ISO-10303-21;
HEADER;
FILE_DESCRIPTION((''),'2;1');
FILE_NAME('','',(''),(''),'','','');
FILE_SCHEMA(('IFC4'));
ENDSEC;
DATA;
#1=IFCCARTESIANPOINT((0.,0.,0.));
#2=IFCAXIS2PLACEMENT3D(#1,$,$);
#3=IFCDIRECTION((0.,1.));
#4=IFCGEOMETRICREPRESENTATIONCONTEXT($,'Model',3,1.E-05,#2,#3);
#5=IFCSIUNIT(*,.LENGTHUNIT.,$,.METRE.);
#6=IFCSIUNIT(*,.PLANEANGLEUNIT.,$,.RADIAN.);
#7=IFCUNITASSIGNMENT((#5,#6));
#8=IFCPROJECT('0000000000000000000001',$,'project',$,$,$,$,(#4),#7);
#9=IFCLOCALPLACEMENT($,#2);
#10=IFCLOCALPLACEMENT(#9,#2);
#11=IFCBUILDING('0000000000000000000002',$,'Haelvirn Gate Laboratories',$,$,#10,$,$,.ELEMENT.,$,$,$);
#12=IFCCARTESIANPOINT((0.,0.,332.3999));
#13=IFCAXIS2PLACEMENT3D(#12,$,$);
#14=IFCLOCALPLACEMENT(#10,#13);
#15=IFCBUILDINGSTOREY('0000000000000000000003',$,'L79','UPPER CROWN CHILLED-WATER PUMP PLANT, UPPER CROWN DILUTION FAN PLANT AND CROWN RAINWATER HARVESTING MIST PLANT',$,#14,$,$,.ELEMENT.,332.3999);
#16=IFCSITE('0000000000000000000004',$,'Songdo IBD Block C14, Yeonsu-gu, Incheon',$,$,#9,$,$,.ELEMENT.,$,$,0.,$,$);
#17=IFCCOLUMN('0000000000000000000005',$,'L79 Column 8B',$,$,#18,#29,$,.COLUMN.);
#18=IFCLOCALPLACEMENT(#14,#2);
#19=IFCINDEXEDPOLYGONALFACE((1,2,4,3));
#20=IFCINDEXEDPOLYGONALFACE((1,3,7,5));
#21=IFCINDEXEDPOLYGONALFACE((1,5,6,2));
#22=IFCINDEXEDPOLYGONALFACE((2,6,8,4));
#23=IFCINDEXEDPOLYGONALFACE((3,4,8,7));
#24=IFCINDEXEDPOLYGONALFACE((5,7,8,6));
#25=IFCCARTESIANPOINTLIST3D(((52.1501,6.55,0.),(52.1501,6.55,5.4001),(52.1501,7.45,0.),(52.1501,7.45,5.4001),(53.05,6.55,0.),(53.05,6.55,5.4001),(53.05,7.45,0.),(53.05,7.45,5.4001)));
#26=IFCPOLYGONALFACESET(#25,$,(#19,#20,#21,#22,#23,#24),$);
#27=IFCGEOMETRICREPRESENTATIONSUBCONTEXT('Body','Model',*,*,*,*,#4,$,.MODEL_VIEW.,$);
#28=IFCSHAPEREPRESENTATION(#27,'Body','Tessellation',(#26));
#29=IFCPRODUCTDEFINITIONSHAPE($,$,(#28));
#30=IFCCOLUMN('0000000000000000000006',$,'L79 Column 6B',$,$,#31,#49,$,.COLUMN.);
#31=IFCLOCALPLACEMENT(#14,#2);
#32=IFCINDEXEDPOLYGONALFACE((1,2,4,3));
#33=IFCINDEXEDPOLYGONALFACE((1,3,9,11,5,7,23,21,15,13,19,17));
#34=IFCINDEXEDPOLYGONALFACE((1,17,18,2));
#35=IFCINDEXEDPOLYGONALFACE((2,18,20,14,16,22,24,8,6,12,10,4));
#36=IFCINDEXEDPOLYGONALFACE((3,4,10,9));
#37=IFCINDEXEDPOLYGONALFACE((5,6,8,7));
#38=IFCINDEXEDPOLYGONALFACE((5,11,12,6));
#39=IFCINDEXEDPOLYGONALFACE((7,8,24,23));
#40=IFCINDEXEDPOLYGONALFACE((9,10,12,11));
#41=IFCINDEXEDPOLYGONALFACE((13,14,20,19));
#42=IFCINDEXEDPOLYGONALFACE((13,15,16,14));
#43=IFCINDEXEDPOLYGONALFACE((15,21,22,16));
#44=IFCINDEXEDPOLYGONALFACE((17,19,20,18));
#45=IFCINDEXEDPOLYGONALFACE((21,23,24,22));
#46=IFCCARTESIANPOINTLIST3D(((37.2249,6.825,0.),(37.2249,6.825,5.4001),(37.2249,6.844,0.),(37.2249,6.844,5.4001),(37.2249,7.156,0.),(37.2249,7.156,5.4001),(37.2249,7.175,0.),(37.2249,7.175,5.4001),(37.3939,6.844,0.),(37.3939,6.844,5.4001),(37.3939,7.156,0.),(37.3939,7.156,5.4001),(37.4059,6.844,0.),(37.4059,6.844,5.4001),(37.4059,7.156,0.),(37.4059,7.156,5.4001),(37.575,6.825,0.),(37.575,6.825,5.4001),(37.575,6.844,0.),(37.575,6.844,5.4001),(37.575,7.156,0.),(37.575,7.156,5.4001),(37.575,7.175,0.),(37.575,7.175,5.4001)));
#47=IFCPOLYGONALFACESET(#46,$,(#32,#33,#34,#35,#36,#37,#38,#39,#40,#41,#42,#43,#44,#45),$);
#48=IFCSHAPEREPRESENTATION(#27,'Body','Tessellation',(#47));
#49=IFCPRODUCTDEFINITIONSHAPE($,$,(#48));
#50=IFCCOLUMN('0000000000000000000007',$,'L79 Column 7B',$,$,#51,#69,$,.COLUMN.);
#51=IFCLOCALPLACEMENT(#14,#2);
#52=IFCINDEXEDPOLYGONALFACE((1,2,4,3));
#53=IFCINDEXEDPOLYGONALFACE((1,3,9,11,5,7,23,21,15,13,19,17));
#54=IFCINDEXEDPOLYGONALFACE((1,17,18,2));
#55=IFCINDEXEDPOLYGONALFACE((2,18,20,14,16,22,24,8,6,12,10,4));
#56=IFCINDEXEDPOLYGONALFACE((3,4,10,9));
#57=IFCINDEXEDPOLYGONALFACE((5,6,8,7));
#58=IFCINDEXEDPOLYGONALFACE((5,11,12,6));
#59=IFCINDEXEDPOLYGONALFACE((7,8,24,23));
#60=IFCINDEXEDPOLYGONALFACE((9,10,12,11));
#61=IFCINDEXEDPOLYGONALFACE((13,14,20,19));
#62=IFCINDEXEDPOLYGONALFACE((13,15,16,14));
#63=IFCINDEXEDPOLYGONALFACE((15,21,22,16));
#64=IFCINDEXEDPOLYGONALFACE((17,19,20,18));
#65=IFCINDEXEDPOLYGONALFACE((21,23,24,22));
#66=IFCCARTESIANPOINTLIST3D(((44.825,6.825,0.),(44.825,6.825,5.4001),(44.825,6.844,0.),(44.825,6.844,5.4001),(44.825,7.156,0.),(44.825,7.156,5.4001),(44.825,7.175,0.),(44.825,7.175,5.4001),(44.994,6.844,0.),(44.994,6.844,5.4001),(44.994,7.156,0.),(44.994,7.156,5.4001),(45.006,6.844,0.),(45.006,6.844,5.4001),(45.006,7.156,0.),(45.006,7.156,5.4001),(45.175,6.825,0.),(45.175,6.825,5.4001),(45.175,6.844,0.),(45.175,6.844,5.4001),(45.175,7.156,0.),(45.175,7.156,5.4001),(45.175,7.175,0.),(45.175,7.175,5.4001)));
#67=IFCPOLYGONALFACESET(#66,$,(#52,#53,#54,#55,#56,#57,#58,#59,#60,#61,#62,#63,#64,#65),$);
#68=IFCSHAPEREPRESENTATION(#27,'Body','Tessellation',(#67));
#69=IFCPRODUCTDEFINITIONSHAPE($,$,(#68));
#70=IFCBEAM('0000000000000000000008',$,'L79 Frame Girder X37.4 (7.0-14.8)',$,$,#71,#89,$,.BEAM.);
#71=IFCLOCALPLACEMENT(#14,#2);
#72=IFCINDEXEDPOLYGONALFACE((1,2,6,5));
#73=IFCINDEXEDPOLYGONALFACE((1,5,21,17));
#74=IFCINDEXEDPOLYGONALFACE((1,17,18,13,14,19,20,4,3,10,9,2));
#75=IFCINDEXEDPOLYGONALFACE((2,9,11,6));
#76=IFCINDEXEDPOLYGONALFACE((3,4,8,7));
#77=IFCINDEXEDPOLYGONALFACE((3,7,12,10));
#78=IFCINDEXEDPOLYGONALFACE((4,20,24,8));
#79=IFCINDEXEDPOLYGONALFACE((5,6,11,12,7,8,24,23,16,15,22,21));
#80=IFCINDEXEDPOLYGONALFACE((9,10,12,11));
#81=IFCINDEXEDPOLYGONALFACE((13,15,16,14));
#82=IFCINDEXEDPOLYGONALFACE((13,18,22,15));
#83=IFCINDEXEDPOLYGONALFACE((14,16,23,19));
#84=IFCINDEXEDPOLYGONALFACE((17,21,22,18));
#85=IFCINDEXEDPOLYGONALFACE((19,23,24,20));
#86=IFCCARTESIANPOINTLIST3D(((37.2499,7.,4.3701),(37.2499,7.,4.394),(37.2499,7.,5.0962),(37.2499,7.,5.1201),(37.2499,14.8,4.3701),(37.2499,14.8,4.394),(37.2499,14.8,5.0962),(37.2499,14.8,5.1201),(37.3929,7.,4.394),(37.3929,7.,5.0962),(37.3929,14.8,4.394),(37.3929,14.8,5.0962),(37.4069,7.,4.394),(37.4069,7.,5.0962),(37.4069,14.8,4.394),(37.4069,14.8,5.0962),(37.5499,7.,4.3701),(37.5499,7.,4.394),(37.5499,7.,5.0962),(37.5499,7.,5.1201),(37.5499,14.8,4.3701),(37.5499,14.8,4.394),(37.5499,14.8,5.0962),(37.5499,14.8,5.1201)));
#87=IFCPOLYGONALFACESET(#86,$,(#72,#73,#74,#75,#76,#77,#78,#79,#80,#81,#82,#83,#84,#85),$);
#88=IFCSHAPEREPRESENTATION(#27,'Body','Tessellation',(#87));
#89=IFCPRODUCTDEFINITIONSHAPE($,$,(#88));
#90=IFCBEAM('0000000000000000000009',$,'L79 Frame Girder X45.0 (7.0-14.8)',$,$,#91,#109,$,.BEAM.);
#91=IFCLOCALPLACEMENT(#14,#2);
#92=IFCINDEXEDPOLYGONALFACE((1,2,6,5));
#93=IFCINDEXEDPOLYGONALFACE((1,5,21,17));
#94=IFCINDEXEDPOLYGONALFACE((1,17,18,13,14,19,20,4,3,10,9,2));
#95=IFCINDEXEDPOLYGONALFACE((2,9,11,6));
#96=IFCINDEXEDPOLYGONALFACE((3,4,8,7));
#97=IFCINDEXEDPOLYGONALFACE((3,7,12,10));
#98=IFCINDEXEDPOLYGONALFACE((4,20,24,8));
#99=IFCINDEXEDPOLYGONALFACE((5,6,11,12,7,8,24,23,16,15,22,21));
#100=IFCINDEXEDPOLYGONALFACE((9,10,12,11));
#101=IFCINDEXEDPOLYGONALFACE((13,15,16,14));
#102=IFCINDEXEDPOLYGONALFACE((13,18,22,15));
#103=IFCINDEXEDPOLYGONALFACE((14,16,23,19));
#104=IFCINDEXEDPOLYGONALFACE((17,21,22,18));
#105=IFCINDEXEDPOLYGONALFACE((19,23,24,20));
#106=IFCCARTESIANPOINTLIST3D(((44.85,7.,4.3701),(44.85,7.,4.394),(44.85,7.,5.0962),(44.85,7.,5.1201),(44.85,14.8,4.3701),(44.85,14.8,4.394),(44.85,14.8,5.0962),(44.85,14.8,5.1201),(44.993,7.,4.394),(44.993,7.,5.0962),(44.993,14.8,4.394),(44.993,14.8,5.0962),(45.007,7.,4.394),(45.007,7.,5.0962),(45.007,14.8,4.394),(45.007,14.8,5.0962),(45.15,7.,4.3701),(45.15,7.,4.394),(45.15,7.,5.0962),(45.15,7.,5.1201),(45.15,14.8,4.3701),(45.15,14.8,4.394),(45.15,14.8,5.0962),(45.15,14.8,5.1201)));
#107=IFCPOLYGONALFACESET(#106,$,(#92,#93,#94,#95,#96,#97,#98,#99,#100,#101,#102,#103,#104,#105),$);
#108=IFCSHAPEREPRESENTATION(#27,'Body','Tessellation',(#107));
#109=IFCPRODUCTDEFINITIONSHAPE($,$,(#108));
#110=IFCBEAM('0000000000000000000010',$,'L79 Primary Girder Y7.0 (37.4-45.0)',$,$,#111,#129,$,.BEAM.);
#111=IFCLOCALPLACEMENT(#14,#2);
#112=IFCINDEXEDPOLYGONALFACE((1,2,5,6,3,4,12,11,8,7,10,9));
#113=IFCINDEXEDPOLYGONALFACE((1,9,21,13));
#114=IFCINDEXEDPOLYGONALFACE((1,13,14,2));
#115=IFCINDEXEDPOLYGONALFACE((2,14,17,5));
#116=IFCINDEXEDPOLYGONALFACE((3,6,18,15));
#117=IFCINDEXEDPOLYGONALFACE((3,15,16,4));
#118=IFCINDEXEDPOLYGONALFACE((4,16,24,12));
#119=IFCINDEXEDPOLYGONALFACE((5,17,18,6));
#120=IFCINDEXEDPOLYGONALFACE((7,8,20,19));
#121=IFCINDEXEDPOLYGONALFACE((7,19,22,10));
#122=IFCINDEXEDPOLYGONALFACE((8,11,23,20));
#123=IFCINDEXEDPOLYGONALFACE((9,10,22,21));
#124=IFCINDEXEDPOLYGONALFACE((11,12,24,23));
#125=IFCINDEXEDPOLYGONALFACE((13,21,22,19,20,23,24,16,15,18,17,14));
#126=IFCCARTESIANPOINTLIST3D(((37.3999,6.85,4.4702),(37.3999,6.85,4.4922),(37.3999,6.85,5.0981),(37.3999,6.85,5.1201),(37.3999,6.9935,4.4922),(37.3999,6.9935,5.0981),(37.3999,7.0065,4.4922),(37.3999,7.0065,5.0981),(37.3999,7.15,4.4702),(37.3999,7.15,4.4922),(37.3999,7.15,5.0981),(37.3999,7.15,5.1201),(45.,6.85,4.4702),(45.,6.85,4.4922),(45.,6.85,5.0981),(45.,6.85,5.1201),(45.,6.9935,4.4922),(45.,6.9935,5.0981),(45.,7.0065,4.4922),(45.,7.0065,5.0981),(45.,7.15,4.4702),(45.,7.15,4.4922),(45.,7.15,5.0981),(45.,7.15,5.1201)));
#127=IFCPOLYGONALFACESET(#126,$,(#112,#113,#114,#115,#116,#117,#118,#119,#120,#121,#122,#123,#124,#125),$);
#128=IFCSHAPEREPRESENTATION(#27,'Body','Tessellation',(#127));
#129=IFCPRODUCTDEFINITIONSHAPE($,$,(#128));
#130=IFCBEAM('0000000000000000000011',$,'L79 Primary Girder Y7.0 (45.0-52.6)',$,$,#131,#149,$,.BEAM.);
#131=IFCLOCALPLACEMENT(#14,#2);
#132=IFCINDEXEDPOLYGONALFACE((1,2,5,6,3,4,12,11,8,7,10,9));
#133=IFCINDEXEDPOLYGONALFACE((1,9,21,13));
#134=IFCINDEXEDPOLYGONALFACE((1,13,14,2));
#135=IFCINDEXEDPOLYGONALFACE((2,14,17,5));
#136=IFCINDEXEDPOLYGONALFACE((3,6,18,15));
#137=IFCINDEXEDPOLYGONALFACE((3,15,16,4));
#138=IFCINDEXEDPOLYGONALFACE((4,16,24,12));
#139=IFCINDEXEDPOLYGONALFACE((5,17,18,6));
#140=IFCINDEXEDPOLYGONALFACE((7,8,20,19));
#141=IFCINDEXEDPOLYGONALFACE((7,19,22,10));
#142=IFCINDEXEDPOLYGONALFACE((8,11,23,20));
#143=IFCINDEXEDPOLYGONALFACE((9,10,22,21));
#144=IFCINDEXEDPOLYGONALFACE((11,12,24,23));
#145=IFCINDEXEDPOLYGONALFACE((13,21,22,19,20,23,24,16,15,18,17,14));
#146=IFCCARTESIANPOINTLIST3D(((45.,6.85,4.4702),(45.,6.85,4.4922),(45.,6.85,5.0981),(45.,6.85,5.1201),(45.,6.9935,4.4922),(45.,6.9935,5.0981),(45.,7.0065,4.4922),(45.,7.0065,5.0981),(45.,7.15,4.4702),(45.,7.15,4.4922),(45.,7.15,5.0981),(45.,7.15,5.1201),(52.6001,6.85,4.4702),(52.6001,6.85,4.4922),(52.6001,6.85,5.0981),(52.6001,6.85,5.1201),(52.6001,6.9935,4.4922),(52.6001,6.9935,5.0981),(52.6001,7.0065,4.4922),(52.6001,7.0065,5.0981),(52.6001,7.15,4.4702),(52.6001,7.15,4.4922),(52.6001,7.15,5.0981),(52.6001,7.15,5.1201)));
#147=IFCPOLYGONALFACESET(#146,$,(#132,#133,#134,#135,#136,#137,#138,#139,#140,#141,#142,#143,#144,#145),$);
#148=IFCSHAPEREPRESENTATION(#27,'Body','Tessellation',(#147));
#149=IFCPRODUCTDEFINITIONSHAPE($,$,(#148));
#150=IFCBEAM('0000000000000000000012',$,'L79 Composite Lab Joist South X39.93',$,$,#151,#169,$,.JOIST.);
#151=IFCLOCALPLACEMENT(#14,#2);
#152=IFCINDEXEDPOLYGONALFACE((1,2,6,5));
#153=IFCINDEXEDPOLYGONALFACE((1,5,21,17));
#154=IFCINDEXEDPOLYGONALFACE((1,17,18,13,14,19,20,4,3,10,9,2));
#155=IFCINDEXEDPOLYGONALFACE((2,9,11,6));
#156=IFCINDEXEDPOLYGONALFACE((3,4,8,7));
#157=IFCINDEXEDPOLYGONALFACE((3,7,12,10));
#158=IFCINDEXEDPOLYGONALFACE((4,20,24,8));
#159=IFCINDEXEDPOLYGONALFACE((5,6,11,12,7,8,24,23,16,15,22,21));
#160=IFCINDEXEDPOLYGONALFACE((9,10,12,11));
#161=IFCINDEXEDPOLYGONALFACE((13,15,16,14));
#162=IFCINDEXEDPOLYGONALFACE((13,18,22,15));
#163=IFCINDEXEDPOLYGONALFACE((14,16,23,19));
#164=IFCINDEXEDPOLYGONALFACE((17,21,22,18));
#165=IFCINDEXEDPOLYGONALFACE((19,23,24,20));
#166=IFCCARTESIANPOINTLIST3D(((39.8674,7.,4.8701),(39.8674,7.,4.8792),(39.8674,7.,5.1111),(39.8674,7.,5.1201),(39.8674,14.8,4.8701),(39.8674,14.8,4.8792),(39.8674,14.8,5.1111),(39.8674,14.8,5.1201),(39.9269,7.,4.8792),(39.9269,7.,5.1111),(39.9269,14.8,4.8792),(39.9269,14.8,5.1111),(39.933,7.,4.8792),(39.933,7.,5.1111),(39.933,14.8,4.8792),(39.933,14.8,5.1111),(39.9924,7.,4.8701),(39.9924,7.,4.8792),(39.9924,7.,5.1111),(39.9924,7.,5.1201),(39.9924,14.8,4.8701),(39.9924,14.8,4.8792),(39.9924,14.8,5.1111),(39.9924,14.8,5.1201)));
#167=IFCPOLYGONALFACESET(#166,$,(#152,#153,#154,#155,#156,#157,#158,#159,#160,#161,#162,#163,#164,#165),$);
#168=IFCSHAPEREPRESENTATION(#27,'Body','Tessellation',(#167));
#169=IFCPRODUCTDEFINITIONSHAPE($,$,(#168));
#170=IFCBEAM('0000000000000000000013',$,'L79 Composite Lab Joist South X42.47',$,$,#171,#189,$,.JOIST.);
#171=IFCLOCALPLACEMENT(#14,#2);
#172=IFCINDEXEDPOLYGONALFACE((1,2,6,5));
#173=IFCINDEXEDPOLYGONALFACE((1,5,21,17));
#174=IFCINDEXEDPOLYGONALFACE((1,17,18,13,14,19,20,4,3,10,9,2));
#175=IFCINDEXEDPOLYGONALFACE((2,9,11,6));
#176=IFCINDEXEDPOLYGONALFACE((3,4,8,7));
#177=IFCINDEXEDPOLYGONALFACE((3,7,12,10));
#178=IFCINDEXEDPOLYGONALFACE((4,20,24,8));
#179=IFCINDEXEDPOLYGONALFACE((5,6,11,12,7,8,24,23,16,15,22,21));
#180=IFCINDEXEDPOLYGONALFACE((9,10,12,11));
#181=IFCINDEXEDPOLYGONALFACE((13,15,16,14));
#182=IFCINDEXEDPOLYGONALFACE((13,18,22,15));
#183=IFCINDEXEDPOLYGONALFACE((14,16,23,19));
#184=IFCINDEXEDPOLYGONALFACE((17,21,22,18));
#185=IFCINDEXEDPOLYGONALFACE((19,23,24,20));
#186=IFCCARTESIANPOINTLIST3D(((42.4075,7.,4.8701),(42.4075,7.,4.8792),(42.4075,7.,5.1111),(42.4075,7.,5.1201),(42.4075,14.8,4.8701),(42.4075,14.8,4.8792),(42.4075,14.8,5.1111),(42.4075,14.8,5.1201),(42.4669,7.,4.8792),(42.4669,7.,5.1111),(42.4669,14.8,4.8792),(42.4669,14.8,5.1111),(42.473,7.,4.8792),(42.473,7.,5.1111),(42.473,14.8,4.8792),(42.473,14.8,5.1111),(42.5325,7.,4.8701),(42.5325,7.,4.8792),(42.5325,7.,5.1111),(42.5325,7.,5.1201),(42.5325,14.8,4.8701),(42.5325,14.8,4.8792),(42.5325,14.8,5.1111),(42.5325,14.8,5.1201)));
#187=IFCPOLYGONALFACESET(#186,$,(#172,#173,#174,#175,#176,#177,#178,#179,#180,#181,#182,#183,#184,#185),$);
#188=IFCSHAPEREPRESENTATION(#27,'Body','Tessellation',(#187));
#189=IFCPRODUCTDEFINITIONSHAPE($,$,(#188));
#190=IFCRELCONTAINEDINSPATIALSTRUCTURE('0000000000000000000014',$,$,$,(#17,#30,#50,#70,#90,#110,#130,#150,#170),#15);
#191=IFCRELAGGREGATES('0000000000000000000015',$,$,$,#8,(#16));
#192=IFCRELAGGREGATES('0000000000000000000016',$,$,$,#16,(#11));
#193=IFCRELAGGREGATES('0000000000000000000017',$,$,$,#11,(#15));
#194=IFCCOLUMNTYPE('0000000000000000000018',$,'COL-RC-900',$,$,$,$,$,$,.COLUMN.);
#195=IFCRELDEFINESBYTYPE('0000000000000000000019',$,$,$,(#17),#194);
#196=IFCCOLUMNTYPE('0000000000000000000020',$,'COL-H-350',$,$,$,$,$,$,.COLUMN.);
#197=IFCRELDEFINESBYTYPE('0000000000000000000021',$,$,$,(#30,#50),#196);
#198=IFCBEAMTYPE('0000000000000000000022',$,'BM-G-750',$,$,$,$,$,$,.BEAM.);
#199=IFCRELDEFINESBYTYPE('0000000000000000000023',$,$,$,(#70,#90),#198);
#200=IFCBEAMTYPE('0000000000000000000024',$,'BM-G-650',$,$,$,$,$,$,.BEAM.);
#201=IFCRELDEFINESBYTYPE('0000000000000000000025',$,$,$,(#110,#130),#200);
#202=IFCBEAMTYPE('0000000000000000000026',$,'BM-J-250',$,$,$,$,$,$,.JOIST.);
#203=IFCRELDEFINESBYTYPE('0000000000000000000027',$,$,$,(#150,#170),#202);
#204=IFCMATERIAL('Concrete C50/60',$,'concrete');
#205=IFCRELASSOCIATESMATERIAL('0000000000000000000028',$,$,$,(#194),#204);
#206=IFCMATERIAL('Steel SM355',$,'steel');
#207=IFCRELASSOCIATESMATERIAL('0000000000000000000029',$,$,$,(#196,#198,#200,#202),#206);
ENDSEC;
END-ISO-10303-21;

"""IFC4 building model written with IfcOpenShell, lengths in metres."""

from ifc_helpers import new_model, si_unit, direction, frame, origin, origin_2d, place, context, subcontext, project, spatial, rectangle, i_section, extrude, source, transform, mapped, material, material_profile, profile_set, type_object, type_shapes, element, save


model = new_model("IFC4")

# Units and contexts
model_context = context("Model", 3, precision=1e-05, world=origin(), true_north=direction((0.0, 1.0)))
body_context = subcontext(model_context, "Body", "Model", "MODEL_VIEW")
ifc_project = project(units=[si_unit("LENGTHUNIT", "METRE"), si_unit("PLANEANGLEUNIT", "RADIAN")], contexts=[model_context])

# Site, building, storey
site_placement = place(None, origin())
site = spatial("IfcSite", under=ifc_project, at=site_placement, Name="Songdo IBD Block C14, Yeonsu-gu, Incheon", CompositionType="ELEMENT", RefElevation=0.0)
building_placement = place(site_placement, origin())
building = spatial("IfcBuilding", under=site, at=building_placement, Name="Haelvirn Gate Laboratories", CompositionType="ELEMENT")
storey_placement = place(building_placement, frame((0.0, 0.0, 332.3999)))
storey = spatial("IfcBuildingStorey", under=building, at=storey_placement, Name="L79", Description="UPPER CROWN CHILLED-WATER PUMP PLANT, UPPER CROWN DILUTION FAN PLANT AND CROWN RAINWATER HARVESTING MIST PLANT", CompositionType="ELEMENT", Elevation=332.3999)

# Columns
ifc_material_1 = material(Name="Concrete C50/60", Category="concrete")
ifc_material_profile_1 = material_profile(ifc_material_1, rectangle(XDim=0.8999, YDim=0.8999, at=origin_2d()), Name="RC-900x900")
ifc_profile_set_1 = profile_set([ifc_material_profile_1], Name="Concrete C50/60")
column_type_1 = type_object("IfcColumnType", Name="COL-RC-900", PredefinedType="COLUMN", material=ifc_profile_set_1)
shared_shape_1 = source(origin(), body_context, "Body", "SweptSolid", [
    extrude(rectangle(XDim=0.8999, YDim=0.8999, at=origin_2d()), origin(), (0.0, 0.0, 1.0), 5.4001),
])
type_shapes(column_type_1, [shared_shape_1])
column_placement = place(storey_placement, frame((52.6001, 7.0, 0.0), z_axis=(0.0, 0.0, 1.0), x_axis=(1.0, 0.0, 0.0)))
element("IfcColumn", 1, at=column_placement, inside=storey, type_object=column_type_1, Name="L79 Column 8B", PredefinedType="COLUMN", context=body_context, shape_type="MappedRepresentation", body=[
    mapped(shared_shape_1, transform((0.0, 0.0, 0.0), scale=1.0)),
])
ifc_material_2 = material(Name="Steel SM355", Category="steel")
ifc_material_profile_2 = material_profile(ifc_material_2, i_section(OverallWidth=0.3501, OverallDepth=0.3501, WebThickness=0.012, FlangeThickness=0.019, at=origin_2d()), Name="H-350x350x12x19")
ifc_profile_set_2 = profile_set([ifc_material_profile_2], Name="Steel SM355")
column_type_2 = type_object("IfcColumnType", Name="COL-H-350", PredefinedType="COLUMN", material=ifc_profile_set_2)
shared_shape_2 = source(origin(), body_context, "Body", "SweptSolid", [
    extrude(i_section(OverallWidth=0.3501, OverallDepth=0.3501, WebThickness=0.012, FlangeThickness=0.019, at=origin_2d()), origin(), (0.0, 0.0, 1.0), 5.4001),
])
type_shapes(column_type_2, [shared_shape_2])
for number, where, z_axis, x_axis, name in (
    (2, (37.3999, 7.0, 0.0), (0.0, 0.0, 1.0), (1.0, 0.0, 0.0), "L79 Column 6B"),
    (3, (45.0, 7.0, 0.0), (0.0, 0.0, 1.0), (1.0, 0.0, 0.0), "L79 Column 7B"),
):
    element("IfcColumn", number, at=place(storey_placement, frame(where, z_axis=z_axis, x_axis=x_axis)), inside=storey, type_object=column_type_2, Name=name, PredefinedType="COLUMN", context=body_context, shape_type="MappedRepresentation", body=[
        mapped(shared_shape_2, transform((0.0, 0.0, 0.0), scale=1.0)),
    ])

# Beams
ifc_material_profile_3 = material_profile(ifc_material_2, i_section(OverallWidth=0.3, OverallDepth=0.75, WebThickness=0.0139, FlangeThickness=0.0239, at=origin_2d()), Name="H-750x300x14x24")
ifc_profile_set_3 = profile_set([ifc_material_profile_3], Name="Steel SM355")
beam_type_1 = type_object("IfcBeamType", Name="BM-G-750", PredefinedType="BEAM", material=ifc_profile_set_3)
shared_shape_3 = source(origin(), body_context, "Body", "SweptSolid", [
    extrude(i_section(OverallWidth=0.3, OverallDepth=0.75, WebThickness=0.0139, FlangeThickness=0.0239, at=origin_2d()), origin(), (0.0, 0.0, 1.0), 7.8),
])
type_shapes(beam_type_1, [shared_shape_3])
for number, where, z_axis, x_axis, name in (
    (4, (37.3999, 7.0, 4.7451), (0.0, 1.0, 0.0), (-1.0, 0.0, 0.0), "L79 Frame Girder X37.4 (7.0-14.8)"),
    (5, (45.0, 7.0, 4.7451), (0.0, 1.0, 0.0), (-1.0, 0.0, 0.0), "L79 Frame Girder X45.0 (7.0-14.8)"),
):
    element("IfcBeam", number, at=place(storey_placement, frame(where, z_axis=z_axis, x_axis=x_axis)), inside=storey, type_object=beam_type_1, Name=name, PredefinedType="BEAM", context=body_context, shape_type="MappedRepresentation", body=[
        mapped(shared_shape_3, transform((0.0, 0.0, 0.0), scale=1.0)),
    ])
ifc_material_profile_4 = material_profile(ifc_material_2, i_section(OverallWidth=0.3, OverallDepth=0.6499, WebThickness=0.0129, FlangeThickness=0.022, at=origin_2d()), Name="H-650x300x13x22")
ifc_profile_set_4 = profile_set([ifc_material_profile_4], Name="Steel SM355")
beam_type_2 = type_object("IfcBeamType", Name="BM-G-650", PredefinedType="BEAM", material=ifc_profile_set_4)
shared_shape_4 = source(origin(), body_context, "Body", "SweptSolid", [
    extrude(i_section(OverallWidth=0.3, OverallDepth=0.6499, WebThickness=0.0129, FlangeThickness=0.022, at=origin_2d()), origin(), (0.0, 0.0, 1.0), 7.6001),
])
type_shapes(beam_type_2, [shared_shape_4])
for number, where, z_axis, x_axis, name in (
    (6, (37.3999, 7.0, 4.7952), (1.0, 0.0, 0.0), (0.0, 1.0, 0.0), "L79 Primary Girder Y7.0 (37.4-45.0)"),
    (7, (45.0, 7.0, 4.7952), (1.0, 0.0, 0.0), (0.0, 1.0, 0.0), "L79 Primary Girder Y7.0 (45.0-52.6)"),
):
    element("IfcBeam", number, at=place(storey_placement, frame(where, z_axis=z_axis, x_axis=x_axis)), inside=storey, type_object=beam_type_2, Name=name, PredefinedType="BEAM", context=body_context, shape_type="MappedRepresentation", body=[
        mapped(shared_shape_4, transform((0.0, 0.0, 0.0), scale=1.0)),
    ])
ifc_material_profile_5 = material_profile(ifc_material_2, i_section(OverallWidth=0.125, OverallDepth=0.25, WebThickness=0.0061, FlangeThickness=0.009, at=origin_2d()), Name="H-250x125x6x9")
ifc_profile_set_5 = profile_set([ifc_material_profile_5], Name="Steel SM355")
beam_type_3 = type_object("IfcBeamType", Name="BM-J-250", PredefinedType="JOIST", material=ifc_profile_set_5)
shared_shape_5 = source(origin(), body_context, "Body", "SweptSolid", [
    extrude(i_section(OverallWidth=0.125, OverallDepth=0.25, WebThickness=0.0061, FlangeThickness=0.009, at=origin_2d()), origin(), (0.0, 0.0, 1.0), 7.8),
])
type_shapes(beam_type_3, [shared_shape_5])
for number, where, z_axis, x_axis, name in (
    (8, (39.9299, 7.0, 4.9951), (0.0, 1.0, 0.0), (-1.0, 0.0, 0.0), "L79 Composite Lab Joist South X39.93"),
    (9, (42.47, 7.0, 4.9951), (0.0, 1.0, 0.0), (-1.0, 0.0, 0.0), "L79 Composite Lab Joist South X42.47"),
):
    element("IfcBeam", number, at=place(storey_placement, frame(where, z_axis=z_axis, x_axis=x_axis)), inside=storey, type_object=beam_type_3, Name=name, PredefinedType="JOIST", context=body_context, shape_type="MappedRepresentation", body=[
        mapped(shared_shape_5, transform((0.0, 0.0, 0.0), scale=1.0)),
    ])

save(model, "model.ifc")
